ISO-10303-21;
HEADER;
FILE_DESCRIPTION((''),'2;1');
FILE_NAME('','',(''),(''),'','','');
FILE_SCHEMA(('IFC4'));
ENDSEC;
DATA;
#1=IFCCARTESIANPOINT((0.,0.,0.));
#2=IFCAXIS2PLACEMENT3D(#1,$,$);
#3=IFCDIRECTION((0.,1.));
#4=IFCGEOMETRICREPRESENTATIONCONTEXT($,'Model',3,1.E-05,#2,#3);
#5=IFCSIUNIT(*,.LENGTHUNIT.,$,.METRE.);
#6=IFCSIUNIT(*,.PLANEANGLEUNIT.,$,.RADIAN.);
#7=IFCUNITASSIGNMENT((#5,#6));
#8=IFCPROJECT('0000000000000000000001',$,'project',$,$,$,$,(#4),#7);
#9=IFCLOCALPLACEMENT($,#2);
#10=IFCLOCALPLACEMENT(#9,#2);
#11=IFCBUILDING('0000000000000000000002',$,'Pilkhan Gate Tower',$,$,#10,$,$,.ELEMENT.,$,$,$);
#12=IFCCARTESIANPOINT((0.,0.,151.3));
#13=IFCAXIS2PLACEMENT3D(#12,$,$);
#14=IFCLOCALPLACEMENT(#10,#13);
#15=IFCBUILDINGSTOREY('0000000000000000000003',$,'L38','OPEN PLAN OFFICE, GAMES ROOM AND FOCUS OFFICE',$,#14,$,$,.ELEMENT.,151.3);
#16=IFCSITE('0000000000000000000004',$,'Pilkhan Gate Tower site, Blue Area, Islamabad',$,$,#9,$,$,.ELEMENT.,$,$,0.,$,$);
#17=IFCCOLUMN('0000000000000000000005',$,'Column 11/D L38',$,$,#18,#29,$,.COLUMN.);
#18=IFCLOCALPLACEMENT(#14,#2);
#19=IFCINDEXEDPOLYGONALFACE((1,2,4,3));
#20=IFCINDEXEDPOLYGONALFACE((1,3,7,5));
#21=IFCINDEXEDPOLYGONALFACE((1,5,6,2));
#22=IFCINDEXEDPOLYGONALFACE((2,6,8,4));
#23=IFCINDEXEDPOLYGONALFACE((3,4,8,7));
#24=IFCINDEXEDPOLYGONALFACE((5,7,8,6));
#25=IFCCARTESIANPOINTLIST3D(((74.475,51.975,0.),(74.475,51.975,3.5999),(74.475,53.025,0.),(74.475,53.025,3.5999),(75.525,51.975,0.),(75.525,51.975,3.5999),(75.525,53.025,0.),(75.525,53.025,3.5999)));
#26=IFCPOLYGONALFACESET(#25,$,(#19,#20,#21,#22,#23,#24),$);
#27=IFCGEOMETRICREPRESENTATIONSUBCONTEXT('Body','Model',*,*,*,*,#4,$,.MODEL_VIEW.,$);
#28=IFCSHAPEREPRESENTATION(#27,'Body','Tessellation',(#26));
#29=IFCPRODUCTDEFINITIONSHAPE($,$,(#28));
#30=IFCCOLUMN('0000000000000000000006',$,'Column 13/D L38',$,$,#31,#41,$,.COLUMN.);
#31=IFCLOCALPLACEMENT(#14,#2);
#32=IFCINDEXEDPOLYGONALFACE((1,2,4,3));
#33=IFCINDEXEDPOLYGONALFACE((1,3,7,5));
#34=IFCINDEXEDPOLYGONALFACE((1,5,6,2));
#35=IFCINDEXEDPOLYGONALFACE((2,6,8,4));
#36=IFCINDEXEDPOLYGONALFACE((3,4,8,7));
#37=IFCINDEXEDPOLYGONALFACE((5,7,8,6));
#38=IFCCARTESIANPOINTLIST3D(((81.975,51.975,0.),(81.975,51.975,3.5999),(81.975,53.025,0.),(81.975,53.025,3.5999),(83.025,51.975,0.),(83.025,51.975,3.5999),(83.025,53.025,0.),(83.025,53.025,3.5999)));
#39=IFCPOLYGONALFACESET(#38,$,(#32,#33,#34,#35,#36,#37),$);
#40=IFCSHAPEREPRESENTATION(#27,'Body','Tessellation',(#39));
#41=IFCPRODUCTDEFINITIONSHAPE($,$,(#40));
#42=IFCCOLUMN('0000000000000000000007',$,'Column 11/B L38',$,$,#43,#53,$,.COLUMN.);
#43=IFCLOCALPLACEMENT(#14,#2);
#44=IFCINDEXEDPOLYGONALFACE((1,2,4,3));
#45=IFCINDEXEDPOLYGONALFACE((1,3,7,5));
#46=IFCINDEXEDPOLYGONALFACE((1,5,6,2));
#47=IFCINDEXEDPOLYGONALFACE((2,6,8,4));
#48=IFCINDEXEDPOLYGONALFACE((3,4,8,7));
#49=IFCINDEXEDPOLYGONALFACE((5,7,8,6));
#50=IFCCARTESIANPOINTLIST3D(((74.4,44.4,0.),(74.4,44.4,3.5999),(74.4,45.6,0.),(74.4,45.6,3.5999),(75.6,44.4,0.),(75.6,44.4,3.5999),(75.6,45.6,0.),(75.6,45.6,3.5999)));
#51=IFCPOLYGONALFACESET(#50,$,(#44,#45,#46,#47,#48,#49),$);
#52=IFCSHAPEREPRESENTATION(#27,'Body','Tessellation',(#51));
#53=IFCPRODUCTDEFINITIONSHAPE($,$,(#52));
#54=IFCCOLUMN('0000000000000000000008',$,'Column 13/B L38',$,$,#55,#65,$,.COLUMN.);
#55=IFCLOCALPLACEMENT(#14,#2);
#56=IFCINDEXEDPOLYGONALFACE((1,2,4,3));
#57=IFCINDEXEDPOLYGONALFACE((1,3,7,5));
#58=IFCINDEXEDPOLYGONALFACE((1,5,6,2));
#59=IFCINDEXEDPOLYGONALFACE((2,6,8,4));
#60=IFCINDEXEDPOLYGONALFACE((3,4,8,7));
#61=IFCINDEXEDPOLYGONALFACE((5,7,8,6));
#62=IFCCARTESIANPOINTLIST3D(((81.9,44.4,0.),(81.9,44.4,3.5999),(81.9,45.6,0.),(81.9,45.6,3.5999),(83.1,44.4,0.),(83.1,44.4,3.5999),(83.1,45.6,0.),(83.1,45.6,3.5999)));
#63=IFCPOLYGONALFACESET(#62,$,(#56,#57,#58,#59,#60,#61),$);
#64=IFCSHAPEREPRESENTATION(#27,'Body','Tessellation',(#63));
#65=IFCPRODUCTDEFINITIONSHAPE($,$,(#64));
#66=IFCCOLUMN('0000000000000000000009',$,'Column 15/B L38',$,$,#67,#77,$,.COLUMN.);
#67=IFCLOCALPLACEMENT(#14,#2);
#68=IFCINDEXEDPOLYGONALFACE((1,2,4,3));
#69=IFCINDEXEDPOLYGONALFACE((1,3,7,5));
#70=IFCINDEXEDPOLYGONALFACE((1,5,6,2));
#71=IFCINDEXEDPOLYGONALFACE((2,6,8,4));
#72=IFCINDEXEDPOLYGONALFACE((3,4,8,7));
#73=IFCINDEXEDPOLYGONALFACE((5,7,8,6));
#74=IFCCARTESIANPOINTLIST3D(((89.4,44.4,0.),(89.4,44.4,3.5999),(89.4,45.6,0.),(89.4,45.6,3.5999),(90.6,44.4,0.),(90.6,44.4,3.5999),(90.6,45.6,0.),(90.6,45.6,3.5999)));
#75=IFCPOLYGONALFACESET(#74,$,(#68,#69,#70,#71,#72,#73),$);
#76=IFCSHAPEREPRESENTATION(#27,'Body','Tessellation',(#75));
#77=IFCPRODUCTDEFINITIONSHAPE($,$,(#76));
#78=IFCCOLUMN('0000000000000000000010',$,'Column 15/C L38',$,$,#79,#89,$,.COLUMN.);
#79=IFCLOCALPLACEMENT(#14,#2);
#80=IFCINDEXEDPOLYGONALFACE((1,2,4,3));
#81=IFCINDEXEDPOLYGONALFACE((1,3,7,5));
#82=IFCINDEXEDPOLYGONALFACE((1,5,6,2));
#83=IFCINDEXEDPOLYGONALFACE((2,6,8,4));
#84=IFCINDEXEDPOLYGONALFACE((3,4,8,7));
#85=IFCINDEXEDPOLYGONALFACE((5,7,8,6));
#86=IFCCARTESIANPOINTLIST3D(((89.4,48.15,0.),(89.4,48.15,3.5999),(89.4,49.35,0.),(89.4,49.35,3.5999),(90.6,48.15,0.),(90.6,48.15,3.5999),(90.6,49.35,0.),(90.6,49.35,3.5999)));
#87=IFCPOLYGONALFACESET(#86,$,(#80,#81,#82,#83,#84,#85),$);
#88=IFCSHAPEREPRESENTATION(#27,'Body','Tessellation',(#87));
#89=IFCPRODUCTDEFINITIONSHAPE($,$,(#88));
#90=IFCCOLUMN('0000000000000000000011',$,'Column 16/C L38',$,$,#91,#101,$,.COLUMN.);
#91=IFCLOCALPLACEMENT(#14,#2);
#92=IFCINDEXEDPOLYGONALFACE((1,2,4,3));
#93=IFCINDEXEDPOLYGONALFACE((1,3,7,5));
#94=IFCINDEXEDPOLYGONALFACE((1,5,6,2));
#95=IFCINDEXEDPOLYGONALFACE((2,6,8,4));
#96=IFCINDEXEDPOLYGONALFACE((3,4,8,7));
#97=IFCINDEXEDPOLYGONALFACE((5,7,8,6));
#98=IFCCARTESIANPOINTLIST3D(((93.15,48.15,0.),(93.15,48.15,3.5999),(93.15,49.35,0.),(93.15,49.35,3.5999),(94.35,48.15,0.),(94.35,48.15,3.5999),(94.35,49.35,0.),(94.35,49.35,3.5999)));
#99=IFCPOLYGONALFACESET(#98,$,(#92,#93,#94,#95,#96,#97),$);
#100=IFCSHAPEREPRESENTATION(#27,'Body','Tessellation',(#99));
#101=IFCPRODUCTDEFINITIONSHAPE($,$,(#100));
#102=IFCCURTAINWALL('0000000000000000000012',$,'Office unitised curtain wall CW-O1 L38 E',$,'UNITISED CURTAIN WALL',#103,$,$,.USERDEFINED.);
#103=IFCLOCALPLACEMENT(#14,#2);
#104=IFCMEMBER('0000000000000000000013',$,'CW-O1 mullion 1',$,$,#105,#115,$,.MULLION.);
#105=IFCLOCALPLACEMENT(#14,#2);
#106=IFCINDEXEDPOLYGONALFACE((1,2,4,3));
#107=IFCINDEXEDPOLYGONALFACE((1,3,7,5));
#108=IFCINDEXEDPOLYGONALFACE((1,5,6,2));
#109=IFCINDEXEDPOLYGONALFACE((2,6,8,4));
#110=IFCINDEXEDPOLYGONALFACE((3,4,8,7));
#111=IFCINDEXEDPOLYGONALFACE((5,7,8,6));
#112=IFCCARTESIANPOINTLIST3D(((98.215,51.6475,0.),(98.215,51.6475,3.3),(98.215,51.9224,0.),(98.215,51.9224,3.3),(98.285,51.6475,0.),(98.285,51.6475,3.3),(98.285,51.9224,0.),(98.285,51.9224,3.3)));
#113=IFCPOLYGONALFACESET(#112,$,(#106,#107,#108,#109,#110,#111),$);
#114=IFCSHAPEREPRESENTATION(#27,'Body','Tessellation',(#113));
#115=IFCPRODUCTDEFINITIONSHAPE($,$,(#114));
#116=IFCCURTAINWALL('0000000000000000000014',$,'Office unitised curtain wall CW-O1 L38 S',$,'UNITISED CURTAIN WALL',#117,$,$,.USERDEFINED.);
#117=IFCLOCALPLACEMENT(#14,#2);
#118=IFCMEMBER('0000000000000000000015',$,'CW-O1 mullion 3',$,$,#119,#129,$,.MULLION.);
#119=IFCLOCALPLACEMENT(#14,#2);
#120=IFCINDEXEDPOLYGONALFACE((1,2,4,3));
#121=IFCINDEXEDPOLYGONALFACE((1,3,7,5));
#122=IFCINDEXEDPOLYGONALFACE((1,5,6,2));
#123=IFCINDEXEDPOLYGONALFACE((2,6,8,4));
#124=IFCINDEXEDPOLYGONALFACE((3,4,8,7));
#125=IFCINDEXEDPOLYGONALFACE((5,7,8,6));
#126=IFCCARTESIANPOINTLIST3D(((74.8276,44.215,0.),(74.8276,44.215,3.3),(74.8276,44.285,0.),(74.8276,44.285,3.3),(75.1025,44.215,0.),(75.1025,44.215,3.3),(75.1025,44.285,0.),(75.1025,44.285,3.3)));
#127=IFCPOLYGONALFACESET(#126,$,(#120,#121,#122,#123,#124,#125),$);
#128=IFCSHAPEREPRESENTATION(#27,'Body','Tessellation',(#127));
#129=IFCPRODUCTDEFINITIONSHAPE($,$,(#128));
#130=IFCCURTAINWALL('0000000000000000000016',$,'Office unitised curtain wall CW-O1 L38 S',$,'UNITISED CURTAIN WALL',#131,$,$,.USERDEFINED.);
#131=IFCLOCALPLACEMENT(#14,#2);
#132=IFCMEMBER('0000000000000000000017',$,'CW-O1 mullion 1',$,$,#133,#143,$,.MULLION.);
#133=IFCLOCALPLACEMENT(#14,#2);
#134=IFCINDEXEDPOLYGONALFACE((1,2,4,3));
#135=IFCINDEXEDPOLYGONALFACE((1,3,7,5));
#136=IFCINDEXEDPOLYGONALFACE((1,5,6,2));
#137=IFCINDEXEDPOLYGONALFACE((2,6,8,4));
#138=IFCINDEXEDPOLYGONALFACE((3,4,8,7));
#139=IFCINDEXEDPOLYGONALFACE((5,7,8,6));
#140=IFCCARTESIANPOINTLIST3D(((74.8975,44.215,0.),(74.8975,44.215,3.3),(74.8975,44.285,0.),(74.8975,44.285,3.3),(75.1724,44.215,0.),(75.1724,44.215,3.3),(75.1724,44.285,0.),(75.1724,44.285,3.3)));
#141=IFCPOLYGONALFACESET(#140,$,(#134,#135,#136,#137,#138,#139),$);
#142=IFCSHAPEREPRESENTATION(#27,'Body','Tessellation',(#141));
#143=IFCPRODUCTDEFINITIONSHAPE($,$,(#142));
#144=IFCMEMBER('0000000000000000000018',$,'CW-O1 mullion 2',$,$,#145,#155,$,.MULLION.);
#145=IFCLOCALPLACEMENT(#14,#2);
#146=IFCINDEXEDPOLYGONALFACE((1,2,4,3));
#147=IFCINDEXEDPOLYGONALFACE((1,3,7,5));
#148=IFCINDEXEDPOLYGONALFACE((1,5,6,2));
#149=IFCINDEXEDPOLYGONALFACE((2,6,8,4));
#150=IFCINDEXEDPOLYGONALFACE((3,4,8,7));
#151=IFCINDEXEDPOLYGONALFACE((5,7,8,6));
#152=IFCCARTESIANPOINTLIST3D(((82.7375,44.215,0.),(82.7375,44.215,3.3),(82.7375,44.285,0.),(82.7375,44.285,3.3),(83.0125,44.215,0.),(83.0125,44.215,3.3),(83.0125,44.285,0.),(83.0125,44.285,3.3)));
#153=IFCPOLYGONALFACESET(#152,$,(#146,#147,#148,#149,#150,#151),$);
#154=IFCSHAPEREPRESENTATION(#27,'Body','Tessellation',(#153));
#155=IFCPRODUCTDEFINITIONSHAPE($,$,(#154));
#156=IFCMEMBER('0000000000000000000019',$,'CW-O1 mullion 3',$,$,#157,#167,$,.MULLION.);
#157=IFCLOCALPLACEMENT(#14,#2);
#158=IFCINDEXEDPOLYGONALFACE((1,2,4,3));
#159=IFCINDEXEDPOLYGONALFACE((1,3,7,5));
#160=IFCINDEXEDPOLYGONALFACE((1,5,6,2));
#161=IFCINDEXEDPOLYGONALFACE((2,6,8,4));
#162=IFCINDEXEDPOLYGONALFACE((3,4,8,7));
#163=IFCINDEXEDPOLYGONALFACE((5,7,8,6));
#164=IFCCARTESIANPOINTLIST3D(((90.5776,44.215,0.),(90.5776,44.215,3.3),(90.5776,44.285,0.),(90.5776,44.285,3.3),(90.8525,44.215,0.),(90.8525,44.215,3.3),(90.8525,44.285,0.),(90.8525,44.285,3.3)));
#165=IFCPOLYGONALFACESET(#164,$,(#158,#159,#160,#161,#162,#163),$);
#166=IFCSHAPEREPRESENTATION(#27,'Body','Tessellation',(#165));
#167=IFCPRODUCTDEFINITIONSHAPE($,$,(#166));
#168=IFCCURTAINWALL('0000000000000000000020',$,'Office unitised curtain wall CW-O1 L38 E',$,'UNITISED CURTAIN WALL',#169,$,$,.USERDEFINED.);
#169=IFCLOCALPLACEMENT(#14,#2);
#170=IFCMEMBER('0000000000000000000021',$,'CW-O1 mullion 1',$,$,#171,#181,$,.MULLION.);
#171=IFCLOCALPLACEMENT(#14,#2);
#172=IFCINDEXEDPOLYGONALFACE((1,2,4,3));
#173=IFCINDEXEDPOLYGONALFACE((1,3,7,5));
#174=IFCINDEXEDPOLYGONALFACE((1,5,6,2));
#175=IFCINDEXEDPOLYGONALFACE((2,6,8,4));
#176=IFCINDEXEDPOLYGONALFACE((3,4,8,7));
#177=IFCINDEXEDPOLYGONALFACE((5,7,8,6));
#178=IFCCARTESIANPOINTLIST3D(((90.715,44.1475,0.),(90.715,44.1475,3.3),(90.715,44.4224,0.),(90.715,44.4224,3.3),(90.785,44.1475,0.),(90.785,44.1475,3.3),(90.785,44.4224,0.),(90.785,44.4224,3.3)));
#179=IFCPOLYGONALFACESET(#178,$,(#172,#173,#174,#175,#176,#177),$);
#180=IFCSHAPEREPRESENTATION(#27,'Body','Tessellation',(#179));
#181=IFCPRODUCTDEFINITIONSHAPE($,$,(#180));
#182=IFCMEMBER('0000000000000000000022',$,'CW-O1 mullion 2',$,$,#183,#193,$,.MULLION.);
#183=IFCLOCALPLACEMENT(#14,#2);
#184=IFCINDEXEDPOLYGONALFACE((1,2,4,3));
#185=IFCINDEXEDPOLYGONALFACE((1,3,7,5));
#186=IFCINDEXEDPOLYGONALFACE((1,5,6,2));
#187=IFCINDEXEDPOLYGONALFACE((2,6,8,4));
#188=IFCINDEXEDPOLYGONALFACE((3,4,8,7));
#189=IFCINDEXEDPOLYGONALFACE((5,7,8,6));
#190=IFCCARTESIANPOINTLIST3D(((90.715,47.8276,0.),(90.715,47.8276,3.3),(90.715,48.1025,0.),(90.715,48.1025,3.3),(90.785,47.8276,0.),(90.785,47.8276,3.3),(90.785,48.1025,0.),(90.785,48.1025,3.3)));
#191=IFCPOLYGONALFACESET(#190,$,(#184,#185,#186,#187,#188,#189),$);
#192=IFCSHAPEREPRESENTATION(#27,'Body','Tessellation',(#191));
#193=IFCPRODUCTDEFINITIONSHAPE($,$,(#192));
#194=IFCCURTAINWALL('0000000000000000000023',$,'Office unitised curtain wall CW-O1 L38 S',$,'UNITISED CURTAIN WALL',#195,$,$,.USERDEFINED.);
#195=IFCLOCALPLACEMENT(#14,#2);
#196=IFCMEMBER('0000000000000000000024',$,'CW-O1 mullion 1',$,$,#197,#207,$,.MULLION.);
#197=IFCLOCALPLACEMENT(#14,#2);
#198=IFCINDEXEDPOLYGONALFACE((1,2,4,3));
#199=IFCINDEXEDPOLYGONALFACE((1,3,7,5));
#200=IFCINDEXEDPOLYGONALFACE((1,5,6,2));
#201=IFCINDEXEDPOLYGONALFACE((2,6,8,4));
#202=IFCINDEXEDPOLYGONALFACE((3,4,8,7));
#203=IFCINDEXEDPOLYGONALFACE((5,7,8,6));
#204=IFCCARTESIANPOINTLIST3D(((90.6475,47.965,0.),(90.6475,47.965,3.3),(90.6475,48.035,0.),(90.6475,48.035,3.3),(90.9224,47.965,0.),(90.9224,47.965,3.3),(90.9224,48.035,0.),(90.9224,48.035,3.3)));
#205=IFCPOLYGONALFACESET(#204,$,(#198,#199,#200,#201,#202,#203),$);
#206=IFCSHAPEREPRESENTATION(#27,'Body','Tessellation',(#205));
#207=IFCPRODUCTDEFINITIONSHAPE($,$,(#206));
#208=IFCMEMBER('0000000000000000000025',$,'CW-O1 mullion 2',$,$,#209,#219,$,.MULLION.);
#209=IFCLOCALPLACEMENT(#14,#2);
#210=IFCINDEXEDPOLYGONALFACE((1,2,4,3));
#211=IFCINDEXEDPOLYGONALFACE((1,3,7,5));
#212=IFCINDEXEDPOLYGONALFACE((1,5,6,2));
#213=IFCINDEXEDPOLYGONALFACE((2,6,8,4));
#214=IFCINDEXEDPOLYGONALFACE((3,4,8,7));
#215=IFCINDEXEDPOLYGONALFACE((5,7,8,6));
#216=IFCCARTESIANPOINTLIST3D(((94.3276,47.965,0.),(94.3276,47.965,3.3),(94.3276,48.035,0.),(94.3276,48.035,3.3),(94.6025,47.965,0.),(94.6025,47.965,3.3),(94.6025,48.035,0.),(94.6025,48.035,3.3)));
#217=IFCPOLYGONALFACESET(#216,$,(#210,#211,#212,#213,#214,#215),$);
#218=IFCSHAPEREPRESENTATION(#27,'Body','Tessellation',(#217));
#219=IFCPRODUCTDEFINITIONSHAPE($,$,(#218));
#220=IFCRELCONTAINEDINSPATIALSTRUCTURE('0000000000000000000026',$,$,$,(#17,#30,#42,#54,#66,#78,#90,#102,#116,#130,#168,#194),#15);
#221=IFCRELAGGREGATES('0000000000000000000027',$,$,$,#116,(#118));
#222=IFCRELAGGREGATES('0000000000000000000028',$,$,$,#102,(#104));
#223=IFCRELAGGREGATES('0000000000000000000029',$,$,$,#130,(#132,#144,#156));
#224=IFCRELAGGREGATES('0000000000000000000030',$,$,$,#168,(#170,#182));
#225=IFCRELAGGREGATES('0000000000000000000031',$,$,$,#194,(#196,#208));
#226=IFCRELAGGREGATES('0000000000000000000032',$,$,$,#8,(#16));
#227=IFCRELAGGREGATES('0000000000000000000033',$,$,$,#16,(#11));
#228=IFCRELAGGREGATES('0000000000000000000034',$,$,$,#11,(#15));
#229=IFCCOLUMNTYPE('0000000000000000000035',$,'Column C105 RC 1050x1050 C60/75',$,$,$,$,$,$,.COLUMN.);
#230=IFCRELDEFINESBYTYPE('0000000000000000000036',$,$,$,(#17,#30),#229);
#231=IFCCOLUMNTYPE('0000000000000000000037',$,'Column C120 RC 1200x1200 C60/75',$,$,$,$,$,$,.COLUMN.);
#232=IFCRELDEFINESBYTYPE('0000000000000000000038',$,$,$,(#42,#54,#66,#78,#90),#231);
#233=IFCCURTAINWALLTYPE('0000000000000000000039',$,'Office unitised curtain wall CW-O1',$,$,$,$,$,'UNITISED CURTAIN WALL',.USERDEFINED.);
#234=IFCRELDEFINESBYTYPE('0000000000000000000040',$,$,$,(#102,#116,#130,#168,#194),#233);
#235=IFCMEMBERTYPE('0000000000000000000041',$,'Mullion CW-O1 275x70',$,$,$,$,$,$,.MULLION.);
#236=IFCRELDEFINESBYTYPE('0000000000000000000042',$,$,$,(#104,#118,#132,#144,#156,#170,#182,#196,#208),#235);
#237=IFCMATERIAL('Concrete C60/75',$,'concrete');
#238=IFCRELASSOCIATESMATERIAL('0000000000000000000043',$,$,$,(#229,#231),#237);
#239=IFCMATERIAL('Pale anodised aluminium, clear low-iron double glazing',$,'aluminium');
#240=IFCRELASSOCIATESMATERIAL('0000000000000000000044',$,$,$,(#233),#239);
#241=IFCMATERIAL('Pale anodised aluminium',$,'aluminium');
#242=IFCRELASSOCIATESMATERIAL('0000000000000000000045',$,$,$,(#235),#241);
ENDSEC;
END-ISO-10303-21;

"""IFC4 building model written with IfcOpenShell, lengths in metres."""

from ifc_helpers import new_model, si_unit, direction, frame, origin, origin_2d, place, context, subcontext, project, spatial, rectangle, extrude, material, material_profile, profile_set, type_object, element, aggregate, save


model = new_model("IFC4")

# Units and contexts
model_context = context("Model", 3, precision=1e-05, world=origin(), true_north=direction((0.0, 1.0)))
body_context = subcontext(model_context, "Body", "Model", "MODEL_VIEW")
ifc_project = project(units=[si_unit("LENGTHUNIT", "METRE"), si_unit("PLANEANGLEUNIT", "RADIAN")], contexts=[model_context])

# Site, building, storey
site_placement = place(None, origin())
site = spatial("IfcSite", under=ifc_project, at=site_placement, Name="Pilkhan Gate Tower site, Blue Area, Islamabad", CompositionType="ELEMENT", RefElevation=0.0)
building_placement = place(site_placement, origin())
building = spatial("IfcBuilding", under=site, at=building_placement, Name="Pilkhan Gate Tower", CompositionType="ELEMENT")
storey_placement = place(building_placement, frame((0.0, 0.0, 151.3)))
storey = spatial("IfcBuildingStorey", under=building, at=storey_placement, Name="L38", Description="OPEN PLAN OFFICE, GAMES ROOM AND FOCUS OFFICE", CompositionType="ELEMENT", Elevation=151.3)

# Columns
ifc_material_1 = material(Name="Concrete C60/75", Category="concrete")
ifc_material_profile_1 = material_profile(ifc_material_1, rectangle(XDim=1.05, YDim=1.05, at=origin_2d()), Name="RC 1050x1050")
ifc_profile_set_1 = profile_set([ifc_material_profile_1], Name="Concrete C60/75")
column_type_1 = type_object("IfcColumnType", Name="Column C105 RC 1050x1050 C60/75", PredefinedType="COLUMN", material=ifc_profile_set_1)
for number, where, z_axis, x_axis, name in (
    (1, (75.0, 52.5, 0.0), (0.0, 0.0, 1.0), (1.0, 0.0, 0.0), "Column 11/D L38"),
    (2, (82.5, 52.5, 0.0), (0.0, 0.0, 1.0), (1.0, 0.0, 0.0), "Column 13/D L38"),
):
    element("IfcColumn", number, at=place(storey_placement, frame(where, z_axis=z_axis, x_axis=x_axis)), inside=storey, type_object=column_type_1, Name=name, PredefinedType="COLUMN", context=body_context, shape_type="SweptSolid", body=[
        extrude(rectangle(XDim=1.05, YDim=1.05, at=origin_2d()), origin(), (0.0, 0.0, 1.0), 3.5999),
    ])
ifc_material_profile_2 = material_profile(ifc_material_1, rectangle(XDim=1.2, YDim=1.2, at=origin_2d()), Name="RC 1200x1200")
ifc_profile_set_2 = profile_set([ifc_material_profile_2], Name="Concrete C60/75")
column_type_2 = type_object("IfcColumnType", Name="Column C120 RC 1200x1200 C60/75", PredefinedType="COLUMN", material=ifc_profile_set_2)
for number, where, z_axis, x_axis, name in (
    (3, (75.0, 45.0, 0.0), (0.0, 0.0, 1.0), (1.0, 0.0, 0.0), "Column 11/B L38"),
    (4, (82.5, 45.0, 0.0), (0.0, 0.0, 1.0), (1.0, 0.0, 0.0), "Column 13/B L38"),
    (5, (90.0, 45.0, 0.0), (0.0, 0.0, 1.0), (1.0, 0.0, 0.0), "Column 15/B L38"),
    (6, (90.0, 48.75, 0.0), (0.0, 0.0, 1.0), (1.0, 0.0, 0.0), "Column 15/C L38"),
    (7, (93.75, 48.75, 0.0), (0.0, 0.0, 1.0), (1.0, 0.0, 0.0), "Column 16/C L38"),
):
    element("IfcColumn", number, at=place(storey_placement, frame(where, z_axis=z_axis, x_axis=x_axis)), inside=storey, type_object=column_type_2, Name=name, PredefinedType="COLUMN", context=body_context, shape_type="SweptSolid", body=[
        extrude(rectangle(XDim=1.2, YDim=1.2, at=origin_2d()), origin(), (0.0, 0.0, 1.0), 3.5999),
    ])

# Curtain walls, members
ifc_material_2 = material(Name="Pale anodised aluminium, clear low-iron double glazing", Category="aluminium")
curtain_wall_type = type_object("IfcCurtainWallType", Name="Office unitised curtain wall CW-O1", ElementType="UNITISED CURTAIN WALL", PredefinedType="USERDEFINED", material=ifc_material_2)
curtain_wall_1_placement = place(storey_placement, origin())
curtain_wall_1 = element("IfcCurtainWall", 8, at=curtain_wall_1_placement, inside=storey, type_object=curtain_wall_type, Name="Office unitised curtain wall CW-O1 L38 E", ObjectType="UNITISED CURTAIN WALL", PredefinedType="USERDEFINED")
ifc_material_3 = material(Name="Pale anodised aluminium", Category="aluminium")
ifc_material_profile_3 = material_profile(ifc_material_3, rectangle(XDim=0.0701, YDim=0.2749, at=origin_2d()), Name="Mullion 275x70")
ifc_profile_set_3 = profile_set([ifc_material_profile_3], Name="Pale anodised aluminium")
member_type_1 = type_object("IfcMemberType", Name="Mullion CW-O1 275x70", PredefinedType="MULLION", material=ifc_profile_set_3)
member_1_placement = place(storey_placement, frame((98.25, 51.7849, 0.0), z_axis=(0.0, 0.0, 1.0), x_axis=(-1.0, 0.0, 0.0)))
member_1 = element("IfcMember", 9, at=member_1_placement, type_object=member_type_1, Name="CW-O1 mullion 1", PredefinedType="MULLION", context=body_context, shape_type="SweptSolid", body=[
    extrude(rectangle(XDim=0.0701, YDim=0.2749, at=origin_2d()), origin(), (0.0, 0.0, 1.0), 3.3),
])
curtain_wall_2_placement = place(storey_placement, origin())
curtain_wall_2 = element("IfcCurtainWall", 10, at=curtain_wall_2_placement, inside=storey, type_object=curtain_wall_type, Name="Office unitised curtain wall CW-O1 L38 S", ObjectType="UNITISED CURTAIN WALL", PredefinedType="USERDEFINED")
member_2_placement = place(storey_placement, frame((74.9651, 44.25, 0.0), z_axis=(0.0, 0.0, 1.0), x_axis=(0.0, 1.0, 0.0)))
member_2 = element("IfcMember", 11, at=member_2_placement, type_object=member_type_1, Name="CW-O1 mullion 3", PredefinedType="MULLION", context=body_context, shape_type="SweptSolid", body=[
    extrude(rectangle(XDim=0.0701, YDim=0.2749, at=origin_2d()), origin(), (0.0, 0.0, 1.0), 3.3),
])
aggregate(curtain_wall_2, [member_2])

# Curtain walls, members
curtain_wall_3_placement = place(storey_placement, origin())
curtain_wall_3 = element("IfcCurtainWall", 12, at=curtain_wall_3_placement, inside=storey, type_object=curtain_wall_type, Name="Office unitised curtain wall CW-O1 L38 S", ObjectType="UNITISED CURTAIN WALL", PredefinedType="USERDEFINED")
member_3_placement = place(storey_placement, frame((75.0349, 44.25, 0.0), z_axis=(0.0, 0.0, 1.0), x_axis=(0.0, 1.0, 0.0)))
member_3 = element("IfcMember", 13, at=member_3_placement, type_object=member_type_1, Name="CW-O1 mullion 1", PredefinedType="MULLION", context=body_context, shape_type="SweptSolid", body=[
    extrude(rectangle(XDim=0.0701, YDim=0.2749, at=origin_2d()), origin(), (0.0, 0.0, 1.0), 3.3),
])
member_4_placement = place(storey_placement, frame((82.875, 44.25, 0.0), z_axis=(0.0, 0.0, 1.0), x_axis=(0.0, 1.0, 0.0)))
member_4 = element("IfcMember", 14, at=member_4_placement, type_object=member_type_1, Name="CW-O1 mullion 2", PredefinedType="MULLION", context=body_context, shape_type="SweptSolid", body=[
    extrude(rectangle(XDim=0.0701, YDim=0.2749, at=origin_2d()), origin(), (0.0, 0.0, 1.0), 3.3),
])
member_5_placement = place(storey_placement, frame((90.7151, 44.25, 0.0), z_axis=(0.0, 0.0, 1.0), x_axis=(0.0, 1.0, 0.0)))
member_5 = element("IfcMember", 15, at=member_5_placement, type_object=member_type_1, Name="CW-O1 mullion 3", PredefinedType="MULLION", context=body_context, shape_type="SweptSolid", body=[
    extrude(rectangle(XDim=0.0701, YDim=0.2749, at=origin_2d()), origin(), (0.0, 0.0, 1.0), 3.3),
])
curtain_wall_4_placement = place(storey_placement, origin())
curtain_wall_4 = element("IfcCurtainWall", 16, at=curtain_wall_4_placement, inside=storey, type_object=curtain_wall_type, Name="Office unitised curtain wall CW-O1 L38 E", ObjectType="UNITISED CURTAIN WALL", PredefinedType="USERDEFINED")
member_6_placement = place(storey_placement, frame((90.75, 44.2849, 0.0), z_axis=(0.0, 0.0, 1.0), x_axis=(-1.0, 0.0, 0.0)))
member_6 = element("IfcMember", 17, at=member_6_placement, type_object=member_type_1, Name="CW-O1 mullion 1", PredefinedType="MULLION", context=body_context, shape_type="SweptSolid", body=[
    extrude(rectangle(XDim=0.0701, YDim=0.2749, at=origin_2d()), origin(), (0.0, 0.0, 1.0), 3.3),
])
member_7_placement = place(storey_placement, frame((90.75, 47.9651, 0.0), z_axis=(0.0, 0.0, 1.0), x_axis=(-1.0, 0.0, 0.0)))
member_7 = element("IfcMember", 18, at=member_7_placement, type_object=member_type_1, Name="CW-O1 mullion 2", PredefinedType="MULLION", context=body_context, shape_type="SweptSolid", body=[
    extrude(rectangle(XDim=0.0701, YDim=0.2749, at=origin_2d()), origin(), (0.0, 0.0, 1.0), 3.3),
])
curtain_wall_5_placement = place(storey_placement, origin())
curtain_wall_5 = element("IfcCurtainWall", 19, at=curtain_wall_5_placement, inside=storey, type_object=curtain_wall_type, Name="Office unitised curtain wall CW-O1 L38 S", ObjectType="UNITISED CURTAIN WALL", PredefinedType="USERDEFINED")
member_8_placement = place(storey_placement, frame((90.7849, 48.0, 0.0), z_axis=(0.0, 0.0, 1.0), x_axis=(0.0, 1.0, 0.0)))
member_8 = element("IfcMember", 20, at=member_8_placement, type_object=member_type_1, Name="CW-O1 mullion 1", PredefinedType="MULLION", context=body_context, shape_type="SweptSolid", body=[
    extrude(rectangle(XDim=0.0701, YDim=0.2749, at=origin_2d()), origin(), (0.0, 0.0, 1.0), 3.3),
])
member_9_placement = place(storey_placement, frame((94.4651, 48.0, 0.0), z_axis=(0.0, 0.0, 1.0), x_axis=(0.0, 1.0, 0.0)))
member_9 = element("IfcMember", 21, at=member_9_placement, type_object=member_type_1, Name="CW-O1 mullion 2", PredefinedType="MULLION", context=body_context, shape_type="SweptSolid", body=[
    extrude(rectangle(XDim=0.0701, YDim=0.2749, at=origin_2d()), origin(), (0.0, 0.0, 1.0), 3.3),
])

aggregate(curtain_wall_1, [member_1])

aggregate(curtain_wall_3, [member_3, member_4, member_5])
aggregate(curtain_wall_4, [member_6, member_7])
aggregate(curtain_wall_5, [member_8, member_9])

save(model, "model.ifc")
